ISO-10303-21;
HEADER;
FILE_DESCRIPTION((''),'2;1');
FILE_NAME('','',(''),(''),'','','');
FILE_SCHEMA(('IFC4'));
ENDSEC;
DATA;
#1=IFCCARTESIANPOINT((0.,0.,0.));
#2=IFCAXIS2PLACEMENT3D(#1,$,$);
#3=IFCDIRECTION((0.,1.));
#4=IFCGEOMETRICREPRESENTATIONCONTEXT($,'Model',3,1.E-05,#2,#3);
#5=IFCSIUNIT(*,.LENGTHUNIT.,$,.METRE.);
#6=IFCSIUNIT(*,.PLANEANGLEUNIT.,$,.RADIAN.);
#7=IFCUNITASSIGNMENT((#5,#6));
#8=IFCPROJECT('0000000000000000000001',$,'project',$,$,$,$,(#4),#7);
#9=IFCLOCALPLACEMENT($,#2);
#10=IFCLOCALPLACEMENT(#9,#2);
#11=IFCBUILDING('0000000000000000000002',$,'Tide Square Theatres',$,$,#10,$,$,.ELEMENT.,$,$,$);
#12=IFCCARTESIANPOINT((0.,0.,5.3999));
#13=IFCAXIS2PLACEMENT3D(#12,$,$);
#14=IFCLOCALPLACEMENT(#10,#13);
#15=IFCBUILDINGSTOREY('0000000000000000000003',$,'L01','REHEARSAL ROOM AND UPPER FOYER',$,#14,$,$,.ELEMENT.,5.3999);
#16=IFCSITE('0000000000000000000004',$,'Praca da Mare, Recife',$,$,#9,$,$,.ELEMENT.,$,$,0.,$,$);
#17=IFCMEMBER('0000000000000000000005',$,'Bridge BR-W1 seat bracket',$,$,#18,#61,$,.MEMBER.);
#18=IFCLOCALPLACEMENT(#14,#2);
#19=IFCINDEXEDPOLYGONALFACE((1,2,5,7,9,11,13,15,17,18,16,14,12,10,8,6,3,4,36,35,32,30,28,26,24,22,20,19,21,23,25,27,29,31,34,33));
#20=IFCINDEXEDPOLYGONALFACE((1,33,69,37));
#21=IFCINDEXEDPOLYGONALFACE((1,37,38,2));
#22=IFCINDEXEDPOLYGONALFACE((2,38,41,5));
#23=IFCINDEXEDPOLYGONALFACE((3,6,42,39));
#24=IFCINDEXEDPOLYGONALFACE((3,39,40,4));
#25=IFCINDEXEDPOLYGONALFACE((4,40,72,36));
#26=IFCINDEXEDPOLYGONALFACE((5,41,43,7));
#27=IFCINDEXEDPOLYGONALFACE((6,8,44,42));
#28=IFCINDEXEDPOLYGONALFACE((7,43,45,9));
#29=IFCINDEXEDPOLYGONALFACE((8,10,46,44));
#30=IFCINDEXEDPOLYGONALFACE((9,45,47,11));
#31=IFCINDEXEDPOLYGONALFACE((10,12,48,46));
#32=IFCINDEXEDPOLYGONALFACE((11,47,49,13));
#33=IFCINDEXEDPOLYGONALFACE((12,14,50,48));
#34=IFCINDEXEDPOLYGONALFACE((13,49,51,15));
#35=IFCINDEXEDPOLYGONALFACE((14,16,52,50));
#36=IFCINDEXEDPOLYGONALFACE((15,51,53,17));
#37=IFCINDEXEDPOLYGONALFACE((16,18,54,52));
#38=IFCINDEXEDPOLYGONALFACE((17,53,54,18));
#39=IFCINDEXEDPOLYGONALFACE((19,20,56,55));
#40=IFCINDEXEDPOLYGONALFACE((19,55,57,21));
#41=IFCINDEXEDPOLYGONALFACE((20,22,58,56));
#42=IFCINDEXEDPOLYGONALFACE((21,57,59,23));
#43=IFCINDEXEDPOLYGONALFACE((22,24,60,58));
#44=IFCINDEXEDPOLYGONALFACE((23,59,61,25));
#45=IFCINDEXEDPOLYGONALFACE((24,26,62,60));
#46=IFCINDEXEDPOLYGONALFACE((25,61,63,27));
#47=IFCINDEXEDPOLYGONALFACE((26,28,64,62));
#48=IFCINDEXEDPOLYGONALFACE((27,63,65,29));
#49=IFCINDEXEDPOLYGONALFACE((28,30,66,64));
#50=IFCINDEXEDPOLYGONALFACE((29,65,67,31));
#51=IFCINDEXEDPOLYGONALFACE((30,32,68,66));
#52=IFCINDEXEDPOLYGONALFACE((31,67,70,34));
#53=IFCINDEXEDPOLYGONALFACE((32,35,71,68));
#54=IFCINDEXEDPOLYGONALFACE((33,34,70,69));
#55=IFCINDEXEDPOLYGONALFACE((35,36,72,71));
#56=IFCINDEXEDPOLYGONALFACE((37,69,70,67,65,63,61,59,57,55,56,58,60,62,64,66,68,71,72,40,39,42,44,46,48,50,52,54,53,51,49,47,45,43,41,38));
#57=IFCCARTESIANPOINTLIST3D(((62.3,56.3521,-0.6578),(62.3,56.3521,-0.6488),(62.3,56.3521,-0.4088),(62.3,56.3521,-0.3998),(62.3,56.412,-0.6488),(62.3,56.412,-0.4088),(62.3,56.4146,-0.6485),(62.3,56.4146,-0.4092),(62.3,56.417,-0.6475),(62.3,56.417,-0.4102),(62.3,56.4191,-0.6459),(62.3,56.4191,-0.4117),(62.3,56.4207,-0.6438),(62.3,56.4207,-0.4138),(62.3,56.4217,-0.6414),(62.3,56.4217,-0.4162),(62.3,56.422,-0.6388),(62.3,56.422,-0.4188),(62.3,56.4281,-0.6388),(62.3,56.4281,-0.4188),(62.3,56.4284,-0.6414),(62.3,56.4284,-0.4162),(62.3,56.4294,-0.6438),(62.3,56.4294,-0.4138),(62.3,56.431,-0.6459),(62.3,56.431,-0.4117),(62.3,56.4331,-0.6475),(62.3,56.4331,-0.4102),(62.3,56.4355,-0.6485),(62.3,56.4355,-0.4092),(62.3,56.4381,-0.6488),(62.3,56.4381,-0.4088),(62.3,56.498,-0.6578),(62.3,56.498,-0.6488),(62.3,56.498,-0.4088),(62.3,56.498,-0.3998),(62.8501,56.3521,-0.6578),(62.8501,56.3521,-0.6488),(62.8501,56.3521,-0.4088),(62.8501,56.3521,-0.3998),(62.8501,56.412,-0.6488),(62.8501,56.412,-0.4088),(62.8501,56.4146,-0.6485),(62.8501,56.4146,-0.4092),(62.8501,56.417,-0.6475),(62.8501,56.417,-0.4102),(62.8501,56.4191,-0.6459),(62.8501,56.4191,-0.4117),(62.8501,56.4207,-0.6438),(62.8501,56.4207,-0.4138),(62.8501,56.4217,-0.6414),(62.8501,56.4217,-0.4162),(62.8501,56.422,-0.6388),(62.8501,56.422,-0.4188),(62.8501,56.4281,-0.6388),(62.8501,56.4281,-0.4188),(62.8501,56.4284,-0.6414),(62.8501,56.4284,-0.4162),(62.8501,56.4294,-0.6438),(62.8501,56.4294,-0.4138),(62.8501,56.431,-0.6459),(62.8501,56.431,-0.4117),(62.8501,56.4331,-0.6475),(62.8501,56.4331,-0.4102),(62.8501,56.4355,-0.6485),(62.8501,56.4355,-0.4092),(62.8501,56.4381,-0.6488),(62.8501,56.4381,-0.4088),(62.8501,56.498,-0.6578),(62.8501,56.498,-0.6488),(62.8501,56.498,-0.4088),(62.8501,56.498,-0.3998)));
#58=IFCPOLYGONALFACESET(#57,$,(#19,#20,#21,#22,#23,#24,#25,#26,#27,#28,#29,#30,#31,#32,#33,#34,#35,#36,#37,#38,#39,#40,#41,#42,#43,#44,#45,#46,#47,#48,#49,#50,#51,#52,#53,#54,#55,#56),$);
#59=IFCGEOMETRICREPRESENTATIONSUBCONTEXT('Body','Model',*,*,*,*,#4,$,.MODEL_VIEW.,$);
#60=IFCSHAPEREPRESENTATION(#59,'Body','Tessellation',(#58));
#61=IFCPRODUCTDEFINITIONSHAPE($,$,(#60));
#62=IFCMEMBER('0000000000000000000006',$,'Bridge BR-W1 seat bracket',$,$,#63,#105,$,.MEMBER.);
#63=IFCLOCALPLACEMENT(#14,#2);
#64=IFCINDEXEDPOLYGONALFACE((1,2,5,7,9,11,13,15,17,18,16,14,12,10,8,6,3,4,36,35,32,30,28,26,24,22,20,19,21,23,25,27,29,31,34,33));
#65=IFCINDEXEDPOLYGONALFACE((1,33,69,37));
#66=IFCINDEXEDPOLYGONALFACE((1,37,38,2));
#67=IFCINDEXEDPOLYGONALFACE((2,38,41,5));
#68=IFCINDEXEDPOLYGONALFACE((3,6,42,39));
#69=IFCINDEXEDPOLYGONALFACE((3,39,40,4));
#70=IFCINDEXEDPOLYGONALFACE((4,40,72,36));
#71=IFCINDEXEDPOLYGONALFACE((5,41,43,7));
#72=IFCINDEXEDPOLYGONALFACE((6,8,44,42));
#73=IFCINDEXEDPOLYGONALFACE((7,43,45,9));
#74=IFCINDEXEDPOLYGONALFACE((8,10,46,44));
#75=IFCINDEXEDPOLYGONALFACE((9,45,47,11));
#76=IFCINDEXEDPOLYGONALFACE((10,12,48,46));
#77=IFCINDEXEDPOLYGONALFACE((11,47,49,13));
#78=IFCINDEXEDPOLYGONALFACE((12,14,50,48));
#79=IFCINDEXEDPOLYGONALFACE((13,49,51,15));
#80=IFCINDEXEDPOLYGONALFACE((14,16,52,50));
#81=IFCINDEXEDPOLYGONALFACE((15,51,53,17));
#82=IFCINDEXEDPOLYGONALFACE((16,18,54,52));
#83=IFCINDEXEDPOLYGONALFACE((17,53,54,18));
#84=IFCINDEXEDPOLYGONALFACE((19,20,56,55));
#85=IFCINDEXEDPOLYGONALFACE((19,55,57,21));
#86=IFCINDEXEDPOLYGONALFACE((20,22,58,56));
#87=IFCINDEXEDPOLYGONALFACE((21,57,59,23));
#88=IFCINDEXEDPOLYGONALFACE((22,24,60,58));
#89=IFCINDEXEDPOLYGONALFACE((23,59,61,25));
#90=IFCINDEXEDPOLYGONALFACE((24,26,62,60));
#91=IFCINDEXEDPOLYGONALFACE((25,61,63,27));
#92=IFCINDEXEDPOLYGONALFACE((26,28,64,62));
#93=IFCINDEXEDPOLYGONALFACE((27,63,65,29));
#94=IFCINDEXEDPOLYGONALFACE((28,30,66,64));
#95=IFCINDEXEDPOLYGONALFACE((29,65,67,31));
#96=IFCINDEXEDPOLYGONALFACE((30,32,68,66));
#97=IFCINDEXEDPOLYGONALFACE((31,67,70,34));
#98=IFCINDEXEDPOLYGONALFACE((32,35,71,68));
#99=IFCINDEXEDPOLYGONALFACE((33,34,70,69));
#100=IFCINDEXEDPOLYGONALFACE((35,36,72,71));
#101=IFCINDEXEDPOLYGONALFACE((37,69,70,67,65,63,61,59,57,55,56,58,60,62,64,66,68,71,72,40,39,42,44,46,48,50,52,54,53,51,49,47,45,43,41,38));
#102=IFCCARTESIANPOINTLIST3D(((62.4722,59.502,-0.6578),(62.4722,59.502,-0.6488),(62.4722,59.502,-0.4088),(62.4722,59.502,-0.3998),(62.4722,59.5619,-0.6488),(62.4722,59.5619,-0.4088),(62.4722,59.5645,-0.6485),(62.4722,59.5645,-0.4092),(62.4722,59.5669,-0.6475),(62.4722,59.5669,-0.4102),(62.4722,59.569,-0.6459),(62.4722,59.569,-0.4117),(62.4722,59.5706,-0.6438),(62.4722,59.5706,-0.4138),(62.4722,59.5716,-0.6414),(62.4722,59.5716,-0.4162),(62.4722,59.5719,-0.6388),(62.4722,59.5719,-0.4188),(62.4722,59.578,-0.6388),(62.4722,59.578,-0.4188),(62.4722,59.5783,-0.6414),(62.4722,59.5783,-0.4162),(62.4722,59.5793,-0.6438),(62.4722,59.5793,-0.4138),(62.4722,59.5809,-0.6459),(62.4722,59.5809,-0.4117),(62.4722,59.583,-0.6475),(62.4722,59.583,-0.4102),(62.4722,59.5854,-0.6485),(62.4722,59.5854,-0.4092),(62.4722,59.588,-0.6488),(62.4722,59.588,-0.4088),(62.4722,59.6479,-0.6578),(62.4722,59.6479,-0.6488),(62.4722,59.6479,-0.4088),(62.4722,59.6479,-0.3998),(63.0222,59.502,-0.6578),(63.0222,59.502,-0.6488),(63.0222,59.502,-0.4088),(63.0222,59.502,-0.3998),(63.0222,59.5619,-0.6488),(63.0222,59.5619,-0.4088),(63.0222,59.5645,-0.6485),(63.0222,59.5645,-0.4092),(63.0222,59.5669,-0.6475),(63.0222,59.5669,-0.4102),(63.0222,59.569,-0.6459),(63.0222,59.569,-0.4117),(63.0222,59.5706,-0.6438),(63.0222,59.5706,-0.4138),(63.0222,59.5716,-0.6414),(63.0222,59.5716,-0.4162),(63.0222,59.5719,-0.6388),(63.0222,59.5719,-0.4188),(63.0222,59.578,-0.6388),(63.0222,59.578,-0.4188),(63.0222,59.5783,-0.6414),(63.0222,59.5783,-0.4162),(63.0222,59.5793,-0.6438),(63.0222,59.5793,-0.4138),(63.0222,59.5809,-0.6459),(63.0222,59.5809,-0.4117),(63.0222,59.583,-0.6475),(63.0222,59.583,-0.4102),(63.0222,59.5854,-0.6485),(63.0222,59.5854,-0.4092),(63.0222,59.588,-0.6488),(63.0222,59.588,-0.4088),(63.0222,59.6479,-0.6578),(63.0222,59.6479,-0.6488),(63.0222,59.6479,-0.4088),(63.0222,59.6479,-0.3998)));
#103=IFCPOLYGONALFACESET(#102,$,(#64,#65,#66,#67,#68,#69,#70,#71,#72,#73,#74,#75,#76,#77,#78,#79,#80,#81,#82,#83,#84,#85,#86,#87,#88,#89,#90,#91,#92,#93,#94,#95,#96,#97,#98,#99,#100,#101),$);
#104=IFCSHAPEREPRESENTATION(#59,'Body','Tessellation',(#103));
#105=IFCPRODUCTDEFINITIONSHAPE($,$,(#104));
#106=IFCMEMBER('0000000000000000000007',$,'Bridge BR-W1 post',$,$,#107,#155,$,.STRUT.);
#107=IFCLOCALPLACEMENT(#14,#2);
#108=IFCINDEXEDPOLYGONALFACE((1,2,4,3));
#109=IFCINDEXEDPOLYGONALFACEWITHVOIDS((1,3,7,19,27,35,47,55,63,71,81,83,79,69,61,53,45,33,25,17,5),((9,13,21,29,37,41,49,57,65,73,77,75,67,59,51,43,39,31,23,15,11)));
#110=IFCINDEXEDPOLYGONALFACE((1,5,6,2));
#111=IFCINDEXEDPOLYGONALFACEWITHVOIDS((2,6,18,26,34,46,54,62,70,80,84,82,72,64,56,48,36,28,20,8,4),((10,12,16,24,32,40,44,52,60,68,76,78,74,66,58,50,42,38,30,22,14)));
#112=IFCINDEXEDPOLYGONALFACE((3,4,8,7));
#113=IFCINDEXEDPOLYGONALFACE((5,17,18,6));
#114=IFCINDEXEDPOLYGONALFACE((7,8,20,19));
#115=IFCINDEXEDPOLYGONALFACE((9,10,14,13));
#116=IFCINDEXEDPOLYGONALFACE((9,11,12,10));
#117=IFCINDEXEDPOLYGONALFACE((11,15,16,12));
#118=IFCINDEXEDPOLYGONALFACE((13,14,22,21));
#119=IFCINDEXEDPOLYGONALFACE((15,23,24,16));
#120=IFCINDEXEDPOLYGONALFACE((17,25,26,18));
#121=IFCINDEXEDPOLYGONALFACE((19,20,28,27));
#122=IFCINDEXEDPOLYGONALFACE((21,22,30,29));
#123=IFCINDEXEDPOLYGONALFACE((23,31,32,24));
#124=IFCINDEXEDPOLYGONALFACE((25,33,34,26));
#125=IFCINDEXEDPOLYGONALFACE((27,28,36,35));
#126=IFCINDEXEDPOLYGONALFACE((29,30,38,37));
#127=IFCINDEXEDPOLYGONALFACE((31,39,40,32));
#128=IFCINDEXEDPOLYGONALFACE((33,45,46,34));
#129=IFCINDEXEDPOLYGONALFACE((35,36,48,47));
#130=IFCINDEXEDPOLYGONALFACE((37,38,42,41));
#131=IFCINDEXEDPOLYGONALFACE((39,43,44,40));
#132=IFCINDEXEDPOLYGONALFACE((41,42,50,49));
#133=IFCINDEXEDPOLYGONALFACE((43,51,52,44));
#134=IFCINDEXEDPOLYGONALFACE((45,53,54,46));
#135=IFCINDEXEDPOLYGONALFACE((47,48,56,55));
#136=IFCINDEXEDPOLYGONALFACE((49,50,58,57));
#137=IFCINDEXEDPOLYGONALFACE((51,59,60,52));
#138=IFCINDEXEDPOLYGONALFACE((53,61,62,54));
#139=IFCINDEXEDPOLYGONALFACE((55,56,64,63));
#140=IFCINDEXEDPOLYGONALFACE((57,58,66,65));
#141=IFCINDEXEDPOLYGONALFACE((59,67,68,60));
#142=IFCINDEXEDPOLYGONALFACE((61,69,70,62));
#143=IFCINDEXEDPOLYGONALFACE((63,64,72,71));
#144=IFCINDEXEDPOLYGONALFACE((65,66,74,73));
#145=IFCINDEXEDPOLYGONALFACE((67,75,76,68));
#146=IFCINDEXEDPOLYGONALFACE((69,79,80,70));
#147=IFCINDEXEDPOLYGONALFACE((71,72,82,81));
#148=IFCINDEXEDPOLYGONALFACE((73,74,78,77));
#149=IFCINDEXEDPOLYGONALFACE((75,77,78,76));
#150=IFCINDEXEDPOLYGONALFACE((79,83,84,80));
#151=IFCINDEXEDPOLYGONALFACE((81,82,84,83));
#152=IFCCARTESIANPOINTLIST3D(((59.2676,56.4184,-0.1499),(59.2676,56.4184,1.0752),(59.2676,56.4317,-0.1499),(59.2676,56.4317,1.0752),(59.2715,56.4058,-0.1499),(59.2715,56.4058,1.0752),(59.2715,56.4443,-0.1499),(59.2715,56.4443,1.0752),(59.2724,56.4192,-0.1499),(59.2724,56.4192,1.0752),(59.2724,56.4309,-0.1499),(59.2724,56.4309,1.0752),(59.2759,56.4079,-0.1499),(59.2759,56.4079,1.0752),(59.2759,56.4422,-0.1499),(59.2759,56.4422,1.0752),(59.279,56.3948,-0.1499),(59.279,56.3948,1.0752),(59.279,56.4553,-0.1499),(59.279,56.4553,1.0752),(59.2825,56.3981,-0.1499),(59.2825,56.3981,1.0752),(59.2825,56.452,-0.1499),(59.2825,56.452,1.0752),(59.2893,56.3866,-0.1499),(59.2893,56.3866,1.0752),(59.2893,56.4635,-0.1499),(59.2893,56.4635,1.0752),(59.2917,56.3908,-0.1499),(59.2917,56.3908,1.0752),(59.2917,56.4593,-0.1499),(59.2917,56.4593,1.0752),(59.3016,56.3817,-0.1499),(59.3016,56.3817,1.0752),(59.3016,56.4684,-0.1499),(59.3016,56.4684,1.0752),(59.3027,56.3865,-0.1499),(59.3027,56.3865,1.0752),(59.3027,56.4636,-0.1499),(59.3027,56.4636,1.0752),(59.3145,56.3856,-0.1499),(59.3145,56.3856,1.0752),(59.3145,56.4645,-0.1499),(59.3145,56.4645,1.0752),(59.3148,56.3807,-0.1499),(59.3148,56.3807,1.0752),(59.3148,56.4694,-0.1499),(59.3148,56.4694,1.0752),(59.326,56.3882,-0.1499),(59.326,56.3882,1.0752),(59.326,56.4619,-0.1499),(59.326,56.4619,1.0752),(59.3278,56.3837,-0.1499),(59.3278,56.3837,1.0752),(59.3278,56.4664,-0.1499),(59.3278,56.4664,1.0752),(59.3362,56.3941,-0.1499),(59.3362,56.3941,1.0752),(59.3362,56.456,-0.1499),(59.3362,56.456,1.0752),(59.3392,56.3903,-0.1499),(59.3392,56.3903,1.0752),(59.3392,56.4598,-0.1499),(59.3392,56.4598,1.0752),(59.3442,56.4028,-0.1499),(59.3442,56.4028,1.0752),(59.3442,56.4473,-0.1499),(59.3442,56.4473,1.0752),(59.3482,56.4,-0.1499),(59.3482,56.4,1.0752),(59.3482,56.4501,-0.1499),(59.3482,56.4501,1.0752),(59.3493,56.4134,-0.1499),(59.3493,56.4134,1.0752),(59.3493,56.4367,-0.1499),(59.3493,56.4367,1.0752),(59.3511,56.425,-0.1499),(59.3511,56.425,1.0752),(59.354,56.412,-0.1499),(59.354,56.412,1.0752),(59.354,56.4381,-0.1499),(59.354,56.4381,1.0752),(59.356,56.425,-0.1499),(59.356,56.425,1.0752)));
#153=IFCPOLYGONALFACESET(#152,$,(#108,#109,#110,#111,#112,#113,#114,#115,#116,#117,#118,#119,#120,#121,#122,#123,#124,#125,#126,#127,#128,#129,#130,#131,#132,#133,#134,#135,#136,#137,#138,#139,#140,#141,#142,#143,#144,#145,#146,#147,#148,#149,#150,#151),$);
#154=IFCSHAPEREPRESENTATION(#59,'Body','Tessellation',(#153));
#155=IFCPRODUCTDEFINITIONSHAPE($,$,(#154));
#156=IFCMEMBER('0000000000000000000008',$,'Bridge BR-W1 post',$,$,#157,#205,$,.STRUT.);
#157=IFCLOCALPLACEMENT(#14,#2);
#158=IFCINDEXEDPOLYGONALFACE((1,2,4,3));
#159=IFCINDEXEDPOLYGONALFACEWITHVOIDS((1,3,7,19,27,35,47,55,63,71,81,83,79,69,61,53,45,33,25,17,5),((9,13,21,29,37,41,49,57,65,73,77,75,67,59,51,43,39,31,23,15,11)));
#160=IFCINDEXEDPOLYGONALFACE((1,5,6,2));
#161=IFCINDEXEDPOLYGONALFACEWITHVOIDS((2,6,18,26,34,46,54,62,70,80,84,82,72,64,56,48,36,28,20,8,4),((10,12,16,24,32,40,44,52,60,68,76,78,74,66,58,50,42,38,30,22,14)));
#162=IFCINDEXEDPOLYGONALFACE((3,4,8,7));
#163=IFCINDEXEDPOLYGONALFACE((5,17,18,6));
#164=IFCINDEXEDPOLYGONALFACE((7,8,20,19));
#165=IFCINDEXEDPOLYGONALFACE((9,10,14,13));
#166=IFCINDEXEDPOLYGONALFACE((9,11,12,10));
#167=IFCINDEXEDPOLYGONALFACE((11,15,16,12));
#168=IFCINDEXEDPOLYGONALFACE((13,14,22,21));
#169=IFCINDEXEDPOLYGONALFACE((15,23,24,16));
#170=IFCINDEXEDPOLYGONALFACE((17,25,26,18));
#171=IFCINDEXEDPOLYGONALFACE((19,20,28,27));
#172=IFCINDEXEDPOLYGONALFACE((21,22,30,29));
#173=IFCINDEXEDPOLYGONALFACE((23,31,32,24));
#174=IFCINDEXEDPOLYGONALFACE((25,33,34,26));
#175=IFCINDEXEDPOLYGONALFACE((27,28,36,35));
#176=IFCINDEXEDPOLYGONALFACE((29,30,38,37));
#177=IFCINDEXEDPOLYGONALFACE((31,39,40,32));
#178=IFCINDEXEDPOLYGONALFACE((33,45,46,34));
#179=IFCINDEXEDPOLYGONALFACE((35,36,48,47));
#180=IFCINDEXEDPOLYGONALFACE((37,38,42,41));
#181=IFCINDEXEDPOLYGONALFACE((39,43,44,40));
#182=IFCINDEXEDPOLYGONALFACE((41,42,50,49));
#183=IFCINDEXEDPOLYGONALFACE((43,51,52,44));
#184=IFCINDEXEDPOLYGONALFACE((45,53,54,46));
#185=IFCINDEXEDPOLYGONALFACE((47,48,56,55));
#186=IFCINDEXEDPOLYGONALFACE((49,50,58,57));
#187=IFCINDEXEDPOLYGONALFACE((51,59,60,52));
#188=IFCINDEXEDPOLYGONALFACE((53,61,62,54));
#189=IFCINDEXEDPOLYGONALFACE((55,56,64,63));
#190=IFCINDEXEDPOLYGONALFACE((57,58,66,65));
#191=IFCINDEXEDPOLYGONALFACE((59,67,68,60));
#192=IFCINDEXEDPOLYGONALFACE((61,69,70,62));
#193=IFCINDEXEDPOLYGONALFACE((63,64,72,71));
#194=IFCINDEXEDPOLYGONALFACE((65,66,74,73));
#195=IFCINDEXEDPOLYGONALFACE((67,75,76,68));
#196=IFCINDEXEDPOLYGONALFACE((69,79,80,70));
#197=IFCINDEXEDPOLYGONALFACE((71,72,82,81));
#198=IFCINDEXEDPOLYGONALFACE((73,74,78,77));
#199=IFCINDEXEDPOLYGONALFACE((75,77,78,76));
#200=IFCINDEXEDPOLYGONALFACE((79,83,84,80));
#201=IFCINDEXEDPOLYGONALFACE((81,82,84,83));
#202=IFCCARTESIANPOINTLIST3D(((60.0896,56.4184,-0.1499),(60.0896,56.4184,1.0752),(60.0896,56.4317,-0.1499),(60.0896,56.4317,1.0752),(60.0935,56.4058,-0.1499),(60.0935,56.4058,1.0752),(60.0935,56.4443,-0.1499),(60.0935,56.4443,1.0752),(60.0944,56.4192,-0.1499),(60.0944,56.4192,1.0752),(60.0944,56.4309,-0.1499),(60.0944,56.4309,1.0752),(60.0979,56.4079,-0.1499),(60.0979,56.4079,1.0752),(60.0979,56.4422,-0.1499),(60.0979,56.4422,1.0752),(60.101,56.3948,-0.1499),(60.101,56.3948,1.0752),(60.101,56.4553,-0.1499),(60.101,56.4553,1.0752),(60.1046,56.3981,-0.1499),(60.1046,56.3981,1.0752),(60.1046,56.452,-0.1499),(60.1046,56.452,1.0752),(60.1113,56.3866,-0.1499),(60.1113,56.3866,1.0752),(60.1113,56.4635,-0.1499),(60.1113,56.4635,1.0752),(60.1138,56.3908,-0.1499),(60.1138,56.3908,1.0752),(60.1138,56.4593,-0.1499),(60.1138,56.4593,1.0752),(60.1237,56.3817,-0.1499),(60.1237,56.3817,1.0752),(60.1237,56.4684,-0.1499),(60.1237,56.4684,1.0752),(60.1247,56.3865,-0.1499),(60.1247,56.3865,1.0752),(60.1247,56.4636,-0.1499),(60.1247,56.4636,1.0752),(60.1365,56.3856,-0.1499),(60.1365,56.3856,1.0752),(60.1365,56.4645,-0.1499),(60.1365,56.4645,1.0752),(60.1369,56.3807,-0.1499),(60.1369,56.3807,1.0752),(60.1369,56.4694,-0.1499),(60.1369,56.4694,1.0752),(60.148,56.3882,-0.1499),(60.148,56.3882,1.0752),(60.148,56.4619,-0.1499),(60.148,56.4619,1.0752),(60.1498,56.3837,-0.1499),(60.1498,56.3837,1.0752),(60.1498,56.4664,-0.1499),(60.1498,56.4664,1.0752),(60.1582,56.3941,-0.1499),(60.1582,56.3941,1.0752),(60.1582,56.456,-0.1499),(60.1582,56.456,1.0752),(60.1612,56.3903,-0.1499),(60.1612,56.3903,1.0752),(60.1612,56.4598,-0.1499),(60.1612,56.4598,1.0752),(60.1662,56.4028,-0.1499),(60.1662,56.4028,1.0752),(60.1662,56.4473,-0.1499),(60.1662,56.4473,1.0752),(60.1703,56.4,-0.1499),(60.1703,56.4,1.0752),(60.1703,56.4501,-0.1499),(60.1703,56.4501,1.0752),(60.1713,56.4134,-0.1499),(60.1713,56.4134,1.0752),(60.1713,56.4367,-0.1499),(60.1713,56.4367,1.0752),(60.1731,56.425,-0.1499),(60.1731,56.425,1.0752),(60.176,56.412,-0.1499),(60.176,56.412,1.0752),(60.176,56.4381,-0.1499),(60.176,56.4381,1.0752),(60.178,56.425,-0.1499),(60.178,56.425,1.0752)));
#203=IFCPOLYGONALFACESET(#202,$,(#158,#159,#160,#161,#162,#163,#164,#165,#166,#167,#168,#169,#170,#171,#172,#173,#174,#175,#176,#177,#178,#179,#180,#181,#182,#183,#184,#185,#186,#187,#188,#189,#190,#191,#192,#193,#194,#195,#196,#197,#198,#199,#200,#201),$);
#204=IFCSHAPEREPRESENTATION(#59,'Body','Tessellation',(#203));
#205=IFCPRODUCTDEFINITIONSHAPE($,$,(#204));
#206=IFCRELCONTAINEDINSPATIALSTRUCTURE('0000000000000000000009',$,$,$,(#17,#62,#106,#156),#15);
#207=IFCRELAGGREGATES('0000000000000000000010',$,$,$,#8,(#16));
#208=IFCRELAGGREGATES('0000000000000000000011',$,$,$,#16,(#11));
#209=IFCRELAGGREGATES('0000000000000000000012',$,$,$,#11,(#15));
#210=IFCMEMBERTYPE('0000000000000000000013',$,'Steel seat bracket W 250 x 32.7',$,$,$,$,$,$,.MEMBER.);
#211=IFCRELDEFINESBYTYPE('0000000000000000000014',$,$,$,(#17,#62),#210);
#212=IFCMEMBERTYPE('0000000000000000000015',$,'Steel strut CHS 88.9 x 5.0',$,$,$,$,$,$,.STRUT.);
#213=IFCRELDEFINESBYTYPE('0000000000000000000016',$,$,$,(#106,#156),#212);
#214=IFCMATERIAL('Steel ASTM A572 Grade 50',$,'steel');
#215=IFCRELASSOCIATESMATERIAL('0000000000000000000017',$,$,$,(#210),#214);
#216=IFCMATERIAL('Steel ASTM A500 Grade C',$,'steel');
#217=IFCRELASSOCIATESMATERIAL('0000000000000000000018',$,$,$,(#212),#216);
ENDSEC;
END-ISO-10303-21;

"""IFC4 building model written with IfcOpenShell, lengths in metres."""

from ifc_helpers import new_model, si_unit, direction, frame, origin, origin_2d, place, context, subcontext, project, spatial, hollow_circle, i_section, extrude, material, material_profile, profile_set, type_object, element, save


model = new_model("IFC4")

# Units and contexts
model_context = context("Model", 3, precision=1e-05, world=origin(), true_north=direction((0.0, 1.0)))
body_context = subcontext(model_context, "Body", "Model", "MODEL_VIEW")
ifc_project = project(units=[si_unit("LENGTHUNIT", "METRE"), si_unit("PLANEANGLEUNIT", "RADIAN")], contexts=[model_context])

# Site, building, storey
site_placement = place(None, origin())
site = spatial("IfcSite", under=ifc_project, at=site_placement, Name="Praca da Mare, Recife", CompositionType="ELEMENT", RefElevation=0.0)
building_placement = place(site_placement, origin())
building = spatial("IfcBuilding", under=site, at=building_placement, Name="Tide Square Theatres", CompositionType="ELEMENT")
storey_placement = place(building_placement, frame((0.0, 0.0, 5.3999)))
storey = spatial("IfcBuildingStorey", under=building, at=storey_placement, Name="L01", Description="REHEARSAL ROOM AND UPPER FOYER", CompositionType="ELEMENT", Elevation=5.3999)

# Members
ifc_material_1 = material(Name="Steel ASTM A572 Grade 50", Category="steel")
ifc_material_profile_1 = material_profile(ifc_material_1, i_section(OverallWidth=0.146, OverallDepth=0.2581, WebThickness=0.0061, FlangeThickness=0.009, FilletRadius=0.01, at=origin_2d()))
ifc_profile_set_1 = profile_set([ifc_material_profile_1], Name="Steel ASTM A572 Grade 50")
member_type_1 = type_object("IfcMemberType", Name="Steel seat bracket W 250 x 32.7", PredefinedType="MEMBER", material=ifc_profile_set_1)
for number, where, z_axis, x_axis, name in (
    (1, (62.8501, 56.425, -0.5288), (-1.0, 0.0, 0.0), (0.0, -1.0, 0.0), "Bridge BR-W1 seat bracket"),
    (2, (63.0222, 59.575, -0.5288), (-1.0, 0.0, 0.0), (0.0, -1.0, 0.0), "Bridge BR-W1 seat bracket"),
):
    element("IfcMember", number, at=place(storey_placement, frame(where, z_axis=z_axis, x_axis=x_axis)), inside=storey, type_object=member_type_1, Name=name, PredefinedType="MEMBER", context=body_context, shape_type="SweptSolid", body=[
        extrude(i_section(OverallWidth=0.146, OverallDepth=0.2581, WebThickness=0.0061, FlangeThickness=0.009, FilletRadius=0.01, at=origin_2d()), origin(), (0.0, 0.0, 1.0), 0.55),
    ])
ifc_material_2 = material(Name="Steel ASTM A500 Grade C", Category="steel")
ifc_material_profile_2 = material_profile(ifc_material_2, hollow_circle(Radius=0.0444, WallThickness=0.0049, at=origin_2d()))
ifc_profile_set_2 = profile_set([ifc_material_profile_2], Name="Steel ASTM A500 Grade C")
member_type_2 = type_object("IfcMemberType", Name="Steel strut CHS 88.9 x 5.0", PredefinedType="STRUT", material=ifc_profile_set_2)
for number, where, z_axis, x_axis, name in (
    (3, (59.3115, 56.425, -0.1499), (0.0, 0.0, 1.0), (1.0, 0.0, 0.0), "Bridge BR-W1 post"),
    (4, (60.1335, 56.425, -0.1499), (0.0, 0.0, 1.0), (1.0, 0.0, 0.0), "Bridge BR-W1 post"),
):
    element("IfcMember", number, at=place(storey_placement, frame(where, z_axis=z_axis, x_axis=x_axis)), inside=storey, type_object=member_type_2, Name=name, PredefinedType="STRUT", context=body_context, shape_type="SweptSolid", body=[
        extrude(hollow_circle(Radius=0.0444, WallThickness=0.0049, at=origin_2d()), origin(), (0.0, 0.0, 1.0), 1.2251),
    ])

save(model, "model.ifc")
